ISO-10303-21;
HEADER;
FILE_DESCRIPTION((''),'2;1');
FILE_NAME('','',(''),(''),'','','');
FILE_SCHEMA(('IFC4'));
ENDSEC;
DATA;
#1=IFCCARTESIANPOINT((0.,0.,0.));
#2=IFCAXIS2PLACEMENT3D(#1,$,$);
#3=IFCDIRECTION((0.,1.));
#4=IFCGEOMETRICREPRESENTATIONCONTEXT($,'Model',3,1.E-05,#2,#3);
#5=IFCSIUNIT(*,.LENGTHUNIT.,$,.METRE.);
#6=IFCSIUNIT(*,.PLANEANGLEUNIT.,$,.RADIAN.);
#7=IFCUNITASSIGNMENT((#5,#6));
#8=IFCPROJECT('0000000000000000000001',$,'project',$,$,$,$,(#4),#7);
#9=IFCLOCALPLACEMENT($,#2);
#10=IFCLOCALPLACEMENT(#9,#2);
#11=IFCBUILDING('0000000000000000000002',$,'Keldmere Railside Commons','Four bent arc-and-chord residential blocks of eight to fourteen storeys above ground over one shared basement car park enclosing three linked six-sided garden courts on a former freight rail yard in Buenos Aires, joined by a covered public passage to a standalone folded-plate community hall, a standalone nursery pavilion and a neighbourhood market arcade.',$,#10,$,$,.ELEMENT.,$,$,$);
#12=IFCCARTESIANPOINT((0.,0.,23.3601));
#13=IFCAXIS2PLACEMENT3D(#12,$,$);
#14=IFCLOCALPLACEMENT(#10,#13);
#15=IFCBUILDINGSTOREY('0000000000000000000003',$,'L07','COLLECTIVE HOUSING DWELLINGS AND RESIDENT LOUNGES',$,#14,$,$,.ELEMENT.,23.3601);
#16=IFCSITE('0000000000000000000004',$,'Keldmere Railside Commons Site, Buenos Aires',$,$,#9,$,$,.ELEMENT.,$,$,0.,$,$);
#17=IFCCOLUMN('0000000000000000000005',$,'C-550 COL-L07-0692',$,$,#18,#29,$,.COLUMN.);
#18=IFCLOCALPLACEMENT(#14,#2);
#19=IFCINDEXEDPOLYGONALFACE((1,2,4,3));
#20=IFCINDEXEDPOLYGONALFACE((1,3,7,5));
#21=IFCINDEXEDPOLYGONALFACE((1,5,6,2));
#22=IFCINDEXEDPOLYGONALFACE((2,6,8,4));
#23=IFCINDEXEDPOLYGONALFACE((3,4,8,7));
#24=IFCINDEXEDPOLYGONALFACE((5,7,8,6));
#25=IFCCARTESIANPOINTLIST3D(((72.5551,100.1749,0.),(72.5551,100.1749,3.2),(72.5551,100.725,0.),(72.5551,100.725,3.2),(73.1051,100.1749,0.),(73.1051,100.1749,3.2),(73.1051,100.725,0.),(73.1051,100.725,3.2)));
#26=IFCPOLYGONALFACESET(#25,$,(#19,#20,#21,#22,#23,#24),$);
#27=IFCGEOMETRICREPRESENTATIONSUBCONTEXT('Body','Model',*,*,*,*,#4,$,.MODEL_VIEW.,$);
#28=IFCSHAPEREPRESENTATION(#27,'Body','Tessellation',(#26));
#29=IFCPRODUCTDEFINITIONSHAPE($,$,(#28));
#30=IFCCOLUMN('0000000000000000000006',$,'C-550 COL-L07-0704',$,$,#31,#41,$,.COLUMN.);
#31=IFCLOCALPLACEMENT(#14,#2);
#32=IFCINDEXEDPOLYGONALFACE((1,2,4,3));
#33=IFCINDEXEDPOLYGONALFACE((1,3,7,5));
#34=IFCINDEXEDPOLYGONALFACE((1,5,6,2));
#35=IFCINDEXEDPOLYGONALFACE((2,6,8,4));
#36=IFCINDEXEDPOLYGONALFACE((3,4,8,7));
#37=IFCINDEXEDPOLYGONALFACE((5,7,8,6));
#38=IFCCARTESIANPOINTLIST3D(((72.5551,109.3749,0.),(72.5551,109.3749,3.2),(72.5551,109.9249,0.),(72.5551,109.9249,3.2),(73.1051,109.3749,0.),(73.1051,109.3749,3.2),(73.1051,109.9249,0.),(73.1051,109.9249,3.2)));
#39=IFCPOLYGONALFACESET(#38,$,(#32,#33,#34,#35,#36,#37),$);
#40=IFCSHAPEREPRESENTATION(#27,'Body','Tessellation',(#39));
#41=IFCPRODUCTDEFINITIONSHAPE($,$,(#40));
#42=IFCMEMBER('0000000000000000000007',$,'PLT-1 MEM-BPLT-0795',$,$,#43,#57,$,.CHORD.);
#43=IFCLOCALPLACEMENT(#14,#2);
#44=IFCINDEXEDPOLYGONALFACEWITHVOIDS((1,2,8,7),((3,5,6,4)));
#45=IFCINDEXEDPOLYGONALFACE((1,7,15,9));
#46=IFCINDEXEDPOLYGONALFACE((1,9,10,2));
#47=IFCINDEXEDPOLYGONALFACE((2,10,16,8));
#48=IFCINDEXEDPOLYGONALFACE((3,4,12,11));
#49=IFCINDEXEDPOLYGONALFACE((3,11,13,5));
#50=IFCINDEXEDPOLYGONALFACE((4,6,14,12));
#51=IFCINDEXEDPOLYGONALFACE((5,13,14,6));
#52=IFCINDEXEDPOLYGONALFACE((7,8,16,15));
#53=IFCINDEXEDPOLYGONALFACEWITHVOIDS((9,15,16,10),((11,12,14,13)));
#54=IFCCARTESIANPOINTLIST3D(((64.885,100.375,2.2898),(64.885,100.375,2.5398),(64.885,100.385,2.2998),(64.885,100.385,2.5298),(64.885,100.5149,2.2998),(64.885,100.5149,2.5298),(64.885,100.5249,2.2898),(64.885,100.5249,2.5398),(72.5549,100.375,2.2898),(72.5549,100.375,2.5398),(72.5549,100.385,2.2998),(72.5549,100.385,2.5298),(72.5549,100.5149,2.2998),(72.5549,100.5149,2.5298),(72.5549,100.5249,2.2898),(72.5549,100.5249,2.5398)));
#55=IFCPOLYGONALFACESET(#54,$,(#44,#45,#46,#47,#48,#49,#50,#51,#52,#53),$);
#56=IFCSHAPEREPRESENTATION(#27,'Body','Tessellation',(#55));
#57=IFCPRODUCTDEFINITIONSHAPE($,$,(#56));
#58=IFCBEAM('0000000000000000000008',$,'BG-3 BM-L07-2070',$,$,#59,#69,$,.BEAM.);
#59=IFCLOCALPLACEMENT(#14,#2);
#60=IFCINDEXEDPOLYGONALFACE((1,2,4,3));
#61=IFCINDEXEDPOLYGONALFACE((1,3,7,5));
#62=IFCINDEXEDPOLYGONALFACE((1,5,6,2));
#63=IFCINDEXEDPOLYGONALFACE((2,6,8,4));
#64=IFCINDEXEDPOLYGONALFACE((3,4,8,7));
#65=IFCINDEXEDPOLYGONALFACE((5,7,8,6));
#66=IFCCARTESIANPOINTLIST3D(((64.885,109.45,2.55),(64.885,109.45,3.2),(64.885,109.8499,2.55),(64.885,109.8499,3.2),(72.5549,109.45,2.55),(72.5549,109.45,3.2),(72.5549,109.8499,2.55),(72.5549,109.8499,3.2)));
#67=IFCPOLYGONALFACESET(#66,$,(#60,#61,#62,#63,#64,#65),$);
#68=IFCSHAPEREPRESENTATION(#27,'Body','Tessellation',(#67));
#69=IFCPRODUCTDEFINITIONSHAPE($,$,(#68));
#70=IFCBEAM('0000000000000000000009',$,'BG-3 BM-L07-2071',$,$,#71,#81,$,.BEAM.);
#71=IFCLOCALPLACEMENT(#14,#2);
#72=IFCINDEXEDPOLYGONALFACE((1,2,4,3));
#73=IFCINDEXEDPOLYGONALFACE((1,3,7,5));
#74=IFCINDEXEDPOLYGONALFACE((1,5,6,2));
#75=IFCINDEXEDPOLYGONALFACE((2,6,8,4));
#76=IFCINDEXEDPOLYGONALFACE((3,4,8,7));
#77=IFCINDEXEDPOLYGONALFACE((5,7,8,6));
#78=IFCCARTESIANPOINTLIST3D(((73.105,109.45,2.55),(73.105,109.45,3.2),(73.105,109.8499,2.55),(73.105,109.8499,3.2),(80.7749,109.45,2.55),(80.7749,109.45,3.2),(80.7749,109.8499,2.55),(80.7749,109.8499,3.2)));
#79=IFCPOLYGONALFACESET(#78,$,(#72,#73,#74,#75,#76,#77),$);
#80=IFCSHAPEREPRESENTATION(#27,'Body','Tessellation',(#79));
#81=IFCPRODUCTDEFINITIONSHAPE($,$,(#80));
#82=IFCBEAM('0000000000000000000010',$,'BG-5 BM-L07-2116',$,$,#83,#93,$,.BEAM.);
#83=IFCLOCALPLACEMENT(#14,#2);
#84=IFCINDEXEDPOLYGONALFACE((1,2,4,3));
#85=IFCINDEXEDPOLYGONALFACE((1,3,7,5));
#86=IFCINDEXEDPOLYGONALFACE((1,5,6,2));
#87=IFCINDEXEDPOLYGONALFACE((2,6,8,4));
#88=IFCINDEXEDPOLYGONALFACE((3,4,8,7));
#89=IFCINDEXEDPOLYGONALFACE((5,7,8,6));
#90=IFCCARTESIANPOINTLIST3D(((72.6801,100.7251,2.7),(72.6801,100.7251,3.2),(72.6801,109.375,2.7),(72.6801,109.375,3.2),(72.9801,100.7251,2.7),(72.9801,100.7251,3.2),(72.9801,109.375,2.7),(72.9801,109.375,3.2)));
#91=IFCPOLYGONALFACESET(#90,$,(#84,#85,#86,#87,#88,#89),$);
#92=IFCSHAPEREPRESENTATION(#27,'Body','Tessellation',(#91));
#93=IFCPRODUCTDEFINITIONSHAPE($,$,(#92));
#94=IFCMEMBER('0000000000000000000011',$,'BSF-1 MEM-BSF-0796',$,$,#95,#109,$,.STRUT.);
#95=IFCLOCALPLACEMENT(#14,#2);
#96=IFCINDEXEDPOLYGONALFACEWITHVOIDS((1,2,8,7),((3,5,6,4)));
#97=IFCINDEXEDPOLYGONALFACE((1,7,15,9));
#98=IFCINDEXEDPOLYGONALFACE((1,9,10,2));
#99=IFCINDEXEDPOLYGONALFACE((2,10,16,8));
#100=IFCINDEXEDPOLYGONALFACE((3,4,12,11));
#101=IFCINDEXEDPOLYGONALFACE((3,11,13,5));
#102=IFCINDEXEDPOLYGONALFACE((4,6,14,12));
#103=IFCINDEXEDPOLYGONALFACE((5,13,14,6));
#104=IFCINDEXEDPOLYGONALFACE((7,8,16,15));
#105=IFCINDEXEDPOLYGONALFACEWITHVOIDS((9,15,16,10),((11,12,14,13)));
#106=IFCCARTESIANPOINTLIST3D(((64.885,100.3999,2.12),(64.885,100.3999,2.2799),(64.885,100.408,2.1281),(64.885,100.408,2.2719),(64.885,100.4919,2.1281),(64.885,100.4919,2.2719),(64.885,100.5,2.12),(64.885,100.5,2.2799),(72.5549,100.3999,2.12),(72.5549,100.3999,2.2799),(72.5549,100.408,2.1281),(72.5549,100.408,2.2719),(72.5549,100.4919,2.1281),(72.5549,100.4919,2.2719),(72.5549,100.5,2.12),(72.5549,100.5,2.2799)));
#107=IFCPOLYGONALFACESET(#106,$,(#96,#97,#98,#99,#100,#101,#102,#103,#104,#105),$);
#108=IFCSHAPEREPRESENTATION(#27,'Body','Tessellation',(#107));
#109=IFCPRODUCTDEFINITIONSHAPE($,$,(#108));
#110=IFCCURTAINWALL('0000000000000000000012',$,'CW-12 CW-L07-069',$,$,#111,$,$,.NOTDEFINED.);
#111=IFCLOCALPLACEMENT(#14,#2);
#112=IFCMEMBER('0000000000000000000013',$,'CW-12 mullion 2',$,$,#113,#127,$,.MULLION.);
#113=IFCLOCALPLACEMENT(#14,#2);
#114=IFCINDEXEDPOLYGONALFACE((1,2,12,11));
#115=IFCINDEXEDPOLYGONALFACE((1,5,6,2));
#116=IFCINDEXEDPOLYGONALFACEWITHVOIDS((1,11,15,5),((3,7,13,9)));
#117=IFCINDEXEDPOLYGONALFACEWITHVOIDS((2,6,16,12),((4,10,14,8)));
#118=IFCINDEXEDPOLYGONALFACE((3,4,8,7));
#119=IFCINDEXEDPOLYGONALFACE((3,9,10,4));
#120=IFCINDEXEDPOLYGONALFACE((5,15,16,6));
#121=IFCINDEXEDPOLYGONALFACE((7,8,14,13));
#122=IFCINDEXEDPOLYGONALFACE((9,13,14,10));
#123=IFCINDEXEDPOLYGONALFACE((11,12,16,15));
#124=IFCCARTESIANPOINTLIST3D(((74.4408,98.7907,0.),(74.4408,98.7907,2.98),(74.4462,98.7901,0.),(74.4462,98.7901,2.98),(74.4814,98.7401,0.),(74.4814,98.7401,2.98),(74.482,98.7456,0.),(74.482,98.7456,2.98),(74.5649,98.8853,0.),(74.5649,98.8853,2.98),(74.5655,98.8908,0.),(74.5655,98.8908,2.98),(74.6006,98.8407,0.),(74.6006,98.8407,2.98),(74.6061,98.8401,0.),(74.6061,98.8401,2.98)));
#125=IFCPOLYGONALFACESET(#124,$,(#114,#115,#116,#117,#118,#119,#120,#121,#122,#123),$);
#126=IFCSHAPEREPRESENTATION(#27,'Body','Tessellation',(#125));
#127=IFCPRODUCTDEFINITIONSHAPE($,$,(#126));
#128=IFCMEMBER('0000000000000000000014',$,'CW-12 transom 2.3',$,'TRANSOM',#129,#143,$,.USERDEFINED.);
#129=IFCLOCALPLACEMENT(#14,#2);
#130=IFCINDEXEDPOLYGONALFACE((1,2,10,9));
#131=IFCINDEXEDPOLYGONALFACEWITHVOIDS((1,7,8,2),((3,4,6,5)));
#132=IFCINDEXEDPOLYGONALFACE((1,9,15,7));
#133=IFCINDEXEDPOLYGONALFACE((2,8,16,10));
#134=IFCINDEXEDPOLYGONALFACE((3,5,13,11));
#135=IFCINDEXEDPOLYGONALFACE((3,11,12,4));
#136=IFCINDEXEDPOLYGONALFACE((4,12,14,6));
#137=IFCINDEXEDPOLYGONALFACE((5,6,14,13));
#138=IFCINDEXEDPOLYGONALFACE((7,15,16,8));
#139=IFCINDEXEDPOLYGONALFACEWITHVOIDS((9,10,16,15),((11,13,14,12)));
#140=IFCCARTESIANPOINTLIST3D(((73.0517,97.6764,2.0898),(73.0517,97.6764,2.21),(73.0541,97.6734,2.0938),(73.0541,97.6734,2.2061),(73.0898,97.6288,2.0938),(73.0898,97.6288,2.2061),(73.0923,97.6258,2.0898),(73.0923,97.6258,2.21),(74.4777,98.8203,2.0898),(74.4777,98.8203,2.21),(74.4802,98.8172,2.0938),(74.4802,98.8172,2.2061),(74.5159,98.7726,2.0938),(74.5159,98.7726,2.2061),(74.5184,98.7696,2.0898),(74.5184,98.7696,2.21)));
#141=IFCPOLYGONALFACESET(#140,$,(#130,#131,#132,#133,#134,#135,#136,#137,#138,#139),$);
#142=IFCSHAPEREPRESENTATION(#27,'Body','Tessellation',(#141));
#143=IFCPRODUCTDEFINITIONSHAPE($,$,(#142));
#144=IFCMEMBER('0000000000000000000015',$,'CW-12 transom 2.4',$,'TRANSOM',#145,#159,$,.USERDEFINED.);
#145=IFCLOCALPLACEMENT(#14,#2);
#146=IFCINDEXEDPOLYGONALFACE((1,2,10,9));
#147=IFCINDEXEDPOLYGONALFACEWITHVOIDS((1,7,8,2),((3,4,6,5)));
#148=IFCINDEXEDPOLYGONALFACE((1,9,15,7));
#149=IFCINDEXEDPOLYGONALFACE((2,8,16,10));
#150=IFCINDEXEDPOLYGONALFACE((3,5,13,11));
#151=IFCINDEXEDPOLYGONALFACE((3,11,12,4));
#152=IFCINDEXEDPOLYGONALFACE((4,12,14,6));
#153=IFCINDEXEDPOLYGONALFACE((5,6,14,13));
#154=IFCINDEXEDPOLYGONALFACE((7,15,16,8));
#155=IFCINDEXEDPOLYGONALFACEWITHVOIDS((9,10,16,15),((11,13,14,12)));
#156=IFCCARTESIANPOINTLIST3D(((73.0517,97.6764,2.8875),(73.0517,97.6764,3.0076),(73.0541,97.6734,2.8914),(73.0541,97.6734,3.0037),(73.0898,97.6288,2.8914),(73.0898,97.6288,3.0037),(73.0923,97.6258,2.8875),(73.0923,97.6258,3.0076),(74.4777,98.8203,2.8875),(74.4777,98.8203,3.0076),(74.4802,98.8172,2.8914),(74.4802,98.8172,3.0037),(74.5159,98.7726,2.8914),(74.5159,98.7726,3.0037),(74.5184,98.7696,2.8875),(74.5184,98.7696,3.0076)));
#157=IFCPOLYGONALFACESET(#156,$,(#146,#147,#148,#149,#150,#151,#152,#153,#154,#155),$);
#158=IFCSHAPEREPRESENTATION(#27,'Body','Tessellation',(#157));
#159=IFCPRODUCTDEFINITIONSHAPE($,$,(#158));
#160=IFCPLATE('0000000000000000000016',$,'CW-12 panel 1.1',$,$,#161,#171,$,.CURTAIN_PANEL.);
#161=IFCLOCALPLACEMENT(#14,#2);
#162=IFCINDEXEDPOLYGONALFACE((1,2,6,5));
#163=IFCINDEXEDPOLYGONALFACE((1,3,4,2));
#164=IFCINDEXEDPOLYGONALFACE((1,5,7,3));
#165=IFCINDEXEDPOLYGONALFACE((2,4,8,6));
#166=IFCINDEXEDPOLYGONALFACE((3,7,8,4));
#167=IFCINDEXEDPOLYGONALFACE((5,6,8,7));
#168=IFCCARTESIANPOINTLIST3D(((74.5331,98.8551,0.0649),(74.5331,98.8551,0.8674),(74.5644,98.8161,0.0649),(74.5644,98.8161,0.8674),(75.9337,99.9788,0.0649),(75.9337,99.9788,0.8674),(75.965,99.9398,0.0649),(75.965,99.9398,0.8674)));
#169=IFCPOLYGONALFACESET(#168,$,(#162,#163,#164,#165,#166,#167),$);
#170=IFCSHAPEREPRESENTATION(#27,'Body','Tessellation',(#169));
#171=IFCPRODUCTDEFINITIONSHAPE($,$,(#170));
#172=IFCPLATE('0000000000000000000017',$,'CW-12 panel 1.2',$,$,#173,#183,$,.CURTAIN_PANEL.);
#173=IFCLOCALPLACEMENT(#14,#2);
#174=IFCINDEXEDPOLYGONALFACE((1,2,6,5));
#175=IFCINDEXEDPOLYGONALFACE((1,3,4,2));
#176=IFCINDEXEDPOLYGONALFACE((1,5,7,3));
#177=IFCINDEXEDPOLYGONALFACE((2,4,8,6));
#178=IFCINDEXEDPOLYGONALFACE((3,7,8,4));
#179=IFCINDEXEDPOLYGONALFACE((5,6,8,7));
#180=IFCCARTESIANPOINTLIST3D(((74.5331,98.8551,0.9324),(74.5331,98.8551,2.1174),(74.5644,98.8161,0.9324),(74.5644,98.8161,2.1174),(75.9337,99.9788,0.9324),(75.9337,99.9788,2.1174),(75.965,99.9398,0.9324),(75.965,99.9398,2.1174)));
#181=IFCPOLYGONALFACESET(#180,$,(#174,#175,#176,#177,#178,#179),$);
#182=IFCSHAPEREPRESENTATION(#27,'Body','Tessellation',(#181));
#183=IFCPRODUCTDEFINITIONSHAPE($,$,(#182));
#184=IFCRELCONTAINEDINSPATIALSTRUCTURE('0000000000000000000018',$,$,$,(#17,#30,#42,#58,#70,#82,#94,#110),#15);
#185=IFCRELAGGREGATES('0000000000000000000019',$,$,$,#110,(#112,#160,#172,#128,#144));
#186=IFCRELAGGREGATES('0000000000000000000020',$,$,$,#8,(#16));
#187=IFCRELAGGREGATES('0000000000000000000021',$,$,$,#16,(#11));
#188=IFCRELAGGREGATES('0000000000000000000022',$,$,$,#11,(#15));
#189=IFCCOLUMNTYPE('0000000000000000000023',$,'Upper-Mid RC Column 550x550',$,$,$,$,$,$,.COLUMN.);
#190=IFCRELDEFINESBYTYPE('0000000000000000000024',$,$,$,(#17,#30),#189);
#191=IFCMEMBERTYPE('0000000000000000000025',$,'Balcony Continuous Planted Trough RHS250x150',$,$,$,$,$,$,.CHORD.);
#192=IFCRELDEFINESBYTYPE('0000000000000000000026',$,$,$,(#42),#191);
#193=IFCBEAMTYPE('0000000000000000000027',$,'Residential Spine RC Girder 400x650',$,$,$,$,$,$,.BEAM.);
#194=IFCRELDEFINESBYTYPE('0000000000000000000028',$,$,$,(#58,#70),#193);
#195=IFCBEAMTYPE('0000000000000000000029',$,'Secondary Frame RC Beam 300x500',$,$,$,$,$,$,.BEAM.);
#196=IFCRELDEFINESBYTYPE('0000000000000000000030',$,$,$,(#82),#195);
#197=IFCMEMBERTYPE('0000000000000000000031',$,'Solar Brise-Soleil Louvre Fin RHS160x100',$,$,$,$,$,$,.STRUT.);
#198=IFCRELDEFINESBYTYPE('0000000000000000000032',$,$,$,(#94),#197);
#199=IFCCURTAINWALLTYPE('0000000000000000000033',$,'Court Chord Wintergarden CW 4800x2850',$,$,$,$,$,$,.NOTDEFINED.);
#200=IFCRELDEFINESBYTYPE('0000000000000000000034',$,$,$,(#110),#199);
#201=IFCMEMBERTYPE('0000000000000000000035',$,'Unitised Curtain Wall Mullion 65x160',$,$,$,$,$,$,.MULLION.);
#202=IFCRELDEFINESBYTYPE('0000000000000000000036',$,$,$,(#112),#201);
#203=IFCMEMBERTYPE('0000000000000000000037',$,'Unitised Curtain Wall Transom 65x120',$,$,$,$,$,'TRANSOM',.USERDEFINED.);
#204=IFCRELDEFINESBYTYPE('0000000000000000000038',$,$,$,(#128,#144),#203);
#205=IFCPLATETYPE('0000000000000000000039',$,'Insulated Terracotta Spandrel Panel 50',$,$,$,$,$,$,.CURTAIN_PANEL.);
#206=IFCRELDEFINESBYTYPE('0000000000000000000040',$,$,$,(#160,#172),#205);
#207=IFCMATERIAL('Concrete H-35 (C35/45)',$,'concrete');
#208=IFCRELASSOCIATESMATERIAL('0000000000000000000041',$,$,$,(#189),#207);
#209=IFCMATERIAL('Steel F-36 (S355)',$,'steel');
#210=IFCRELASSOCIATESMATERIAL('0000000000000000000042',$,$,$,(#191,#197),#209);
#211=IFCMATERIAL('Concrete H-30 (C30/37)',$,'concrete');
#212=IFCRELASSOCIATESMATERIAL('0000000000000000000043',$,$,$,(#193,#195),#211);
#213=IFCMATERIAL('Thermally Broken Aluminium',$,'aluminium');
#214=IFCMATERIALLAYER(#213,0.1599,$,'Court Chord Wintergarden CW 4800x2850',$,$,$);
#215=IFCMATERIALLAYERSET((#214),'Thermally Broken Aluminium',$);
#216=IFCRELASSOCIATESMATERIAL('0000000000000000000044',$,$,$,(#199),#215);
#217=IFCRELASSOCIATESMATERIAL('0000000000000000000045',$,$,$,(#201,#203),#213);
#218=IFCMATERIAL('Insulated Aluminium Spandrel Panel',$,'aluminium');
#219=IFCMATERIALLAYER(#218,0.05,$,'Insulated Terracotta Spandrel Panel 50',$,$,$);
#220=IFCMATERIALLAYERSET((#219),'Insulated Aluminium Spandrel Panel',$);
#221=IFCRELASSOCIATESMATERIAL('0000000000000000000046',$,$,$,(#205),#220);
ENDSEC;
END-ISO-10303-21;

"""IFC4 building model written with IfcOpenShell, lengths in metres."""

from ifc_helpers import new_model, si_unit, direction, frame, origin, origin_2d, place, context, subcontext, project, spatial, rectangle, hollow_rectangle, extrude, material, layer, layer_set, material_profile, profile_set, type_object, element, aggregate, save


model = new_model("IFC4")

# Units and contexts
model_context = context("Model", 3, precision=1e-05, world=origin(), true_north=direction((0.0, 1.0)))
body_context = subcontext(model_context, "Body", "Model", "MODEL_VIEW")
ifc_project = project(units=[si_unit("LENGTHUNIT", "METRE"), si_unit("PLANEANGLEUNIT", "RADIAN")], contexts=[model_context])

# Site, building, storey
site_placement = place(None, origin())
site = spatial("IfcSite", under=ifc_project, at=site_placement, Name="Keldmere Railside Commons Site, Buenos Aires", CompositionType="ELEMENT", RefElevation=0.0)
building_placement = place(site_placement, origin())
building = spatial("IfcBuilding", under=site, at=building_placement, Name="Keldmere Railside Commons", Description="Four bent arc-and-chord residential blocks of eight to fourteen storeys above ground over one shared basement car park enclosing three linked six-sided garden courts on a former freight rail yard in Buenos Aires, joined by a covered public passage to a standalone folded-plate community hall, a standalone nursery pavilion and a neighbourhood market arcade.", CompositionType="ELEMENT")
storey_placement = place(building_placement, frame((0.0, 0.0, 23.3601)))
storey = spatial("IfcBuildingStorey", under=building, at=storey_placement, Name="L07", Description="COLLECTIVE HOUSING DWELLINGS AND RESIDENT LOUNGES", CompositionType="ELEMENT", Elevation=23.3601)

# Columns
ifc_material_1 = material(Name="Concrete H-35 (C35/45)", Category="concrete")
ifc_material_profile_1 = material_profile(ifc_material_1, rectangle(XDim=0.55, YDim=0.55, at=origin_2d()), Name="RC-550x550")
ifc_profile_set_1 = profile_set([ifc_material_profile_1], Name="Concrete H-35 (C35/45)")
column_type = type_object("IfcColumnType", Name="Upper-Mid RC Column 550x550", PredefinedType="COLUMN", material=ifc_profile_set_1)
for number, where, z_axis, x_axis, name in (
    (1, (72.8301, 100.45, 0.0), (0.0, 0.0, 1.0), (1.0, 0.0, 0.0), "C-550 COL-L07-0692"),
    (2, (72.8301, 109.6499, 0.0), (0.0, 0.0, 1.0), (1.0, 0.0, 0.0), "C-550 COL-L07-0704"),
):
    element("IfcColumn", number, at=place(storey_placement, frame(where, z_axis=z_axis, x_axis=x_axis)), inside=storey, type_object=column_type, Name=name, PredefinedType="COLUMN", context=body_context, shape_type="SweptSolid", body=[
        extrude(rectangle(XDim=0.55, YDim=0.55, at=origin_2d()), origin(), (0.0, 0.0, 1.0), 3.2),
    ])

# Member
ifc_material_2 = material(Name="Steel F-36 (S355)", Category="steel")
ifc_material_profile_2 = material_profile(ifc_material_2, hollow_rectangle(XDim=0.1499, YDim=0.25, WallThickness=0.01, at=origin_2d()), Name="RHS-250x150x10")
ifc_profile_set_2 = profile_set([ifc_material_profile_2], Name="Steel F-36 (S355)")
member_type_1 = type_object("IfcMemberType", Name="Balcony Continuous Planted Trough RHS250x150", PredefinedType="CHORD", material=ifc_profile_set_2)
member_1_placement = place(storey_placement, frame((64.885, 100.45, 2.4148), z_axis=(1.0, 0.0, 0.0), x_axis=(0.0, 1.0, 0.0)))
element("IfcMember", 3, at=member_1_placement, inside=storey, type_object=member_type_1, Name="PLT-1 MEM-BPLT-0795", PredefinedType="CHORD", context=body_context, shape_type="SweptSolid", body=[
    extrude(hollow_rectangle(XDim=0.1499, YDim=0.25, WallThickness=0.01, at=origin_2d()), origin(), (0.0, 0.0, 1.0), 7.6699),
])

# Beams
ifc_material_3 = material(Name="Concrete H-30 (C30/37)", Category="concrete")
ifc_material_profile_3 = material_profile(ifc_material_3, rectangle(XDim=0.3999, YDim=0.6499, at=origin_2d()), Name="RC-400x650")
ifc_profile_set_3 = profile_set([ifc_material_profile_3], Name="Concrete H-30 (C30/37)")
beam_type_1 = type_object("IfcBeamType", Name="Residential Spine RC Girder 400x650", PredefinedType="BEAM", material=ifc_profile_set_3)
for number, where, z_axis, x_axis, name in (
    (4, (64.885, 109.6499, 2.875), (1.0, 0.0, 0.0), (0.0, 1.0, 0.0), "BG-3 BM-L07-2070"),
    (5, (73.105, 109.6499, 2.875), (1.0, 0.0, 0.0), (0.0, 1.0, 0.0), "BG-3 BM-L07-2071"),
):
    element("IfcBeam", number, at=place(storey_placement, frame(where, z_axis=z_axis, x_axis=x_axis)), inside=storey, type_object=beam_type_1, Name=name, PredefinedType="BEAM", context=body_context, shape_type="SweptSolid", body=[
        extrude(rectangle(XDim=0.3999, YDim=0.6499, at=origin_2d()), origin(), (0.0, 0.0, 1.0), 7.6699),
    ])
ifc_material_profile_4 = material_profile(ifc_material_3, rectangle(XDim=0.3, YDim=0.5, at=origin_2d()), Name="RC-300x500")
ifc_profile_set_4 = profile_set([ifc_material_profile_4], Name="Concrete H-30 (C30/37)")
beam_type_2 = type_object("IfcBeamType", Name="Secondary Frame RC Beam 300x500", PredefinedType="BEAM", material=ifc_profile_set_4)
beam_placement = place(storey_placement, frame((72.8301, 100.7251, 2.95), z_axis=(0.0, 1.0, 0.0), x_axis=(-1.0, 0.0, 0.0)))
element("IfcBeam", 6, at=beam_placement, inside=storey, type_object=beam_type_2, Name="BG-5 BM-L07-2116", PredefinedType="BEAM", context=body_context, shape_type="SweptSolid", body=[
    extrude(rectangle(XDim=0.3, YDim=0.5, at=origin_2d()), origin(), (0.0, 0.0, 1.0), 8.6499),
])

# Member
ifc_material_profile_5 = material_profile(ifc_material_2, hollow_rectangle(XDim=0.1001, YDim=0.1599, WallThickness=0.0081, at=origin_2d()), Name="RHS-160x100x8")
ifc_profile_set_5 = profile_set([ifc_material_profile_5], Name="Steel F-36 (S355)")
member_type_2 = type_object("IfcMemberType", Name="Solar Brise-Soleil Louvre Fin RHS160x100", PredefinedType="STRUT", material=ifc_profile_set_5)
member_2_placement = place(storey_placement, frame((64.885, 100.45, 2.2), z_axis=(1.0, 0.0, 0.0), x_axis=(0.0, 1.0, 0.0)))
element("IfcMember", 7, at=member_2_placement, inside=storey, type_object=member_type_2, Name="BSF-1 MEM-BSF-0796", PredefinedType="STRUT", context=body_context, shape_type="SweptSolid", body=[
    extrude(hollow_rectangle(XDim=0.1001, YDim=0.1599, WallThickness=0.0081, at=origin_2d()), origin(), (0.0, 0.0, 1.0), 7.6699),
])

# Curtain wall, members, plates
ifc_material_4 = material(Name="Thermally Broken Aluminium", Category="aluminium")
ifc_layer_1 = layer(ifc_material_4, 0.1599, Name="Court Chord Wintergarden CW 4800x2850")
ifc_layer_set_1 = layer_set([ifc_layer_1], Name="Thermally Broken Aluminium")
curtain_wall_type = type_object("IfcCurtainWallType", Name="Court Chord Wintergarden CW 4800x2850", PredefinedType="NOTDEFINED", material=ifc_layer_set_1)
curtain_wall_placement = place(storey_placement, origin())
curtain_wall = element("IfcCurtainWall", 8, at=curtain_wall_placement, inside=storey, type_object=curtain_wall_type, Name="CW-12 CW-L07-069", PredefinedType="NOTDEFINED")
ifc_material_profile_6 = material_profile(ifc_material_4, hollow_rectangle(XDim=0.0649, YDim=0.1599, WallThickness=0.0039, at=origin_2d()), Name="ALU-MULL-65x160")
ifc_profile_set_6 = profile_set([ifc_material_profile_6], Name="Thermally Broken Aluminium")
member_type_3 = type_object("IfcMemberType", Name="Unitised Curtain Wall Mullion 65x160", PredefinedType="MULLION", material=ifc_profile_set_6)
member_3_placement = place(storey_placement, frame((74.5234, 98.8154, 0.0), z_axis=(0.0, 0.0, 1.0), x_axis=(0.625768, -0.780009, 0.0)))
member_3 = element("IfcMember", 9, at=member_3_placement, type_object=member_type_3, Name="CW-12 mullion 2", PredefinedType="MULLION", context=body_context, shape_type="SweptSolid", body=[
    extrude(hollow_rectangle(XDim=0.0649, YDim=0.1599, WallThickness=0.0039, at=origin_2d()), origin(), (0.0, 0.0, 1.0), 2.98),
])
ifc_material_profile_7 = material_profile(ifc_material_4, hollow_rectangle(XDim=0.0649, YDim=0.1201, WallThickness=0.0039, at=origin_2d()), Name="ALU-TRAN-65x120")
ifc_profile_set_7 = profile_set([ifc_material_profile_7], Name="Thermally Broken Aluminium")
member_type_4 = type_object("IfcMemberType", Name="Unitised Curtain Wall Transom 65x120", ElementType="TRANSOM", PredefinedType="USERDEFINED", material=ifc_profile_set_7)
member_4_placement = place(storey_placement, frame((74.498, 98.7949, 2.1499), z_axis=(-0.780073, -0.625688, 0.0), x_axis=(0.625688, -0.780073, 0.0)))
member_4 = element("IfcMember", 10, at=member_4_placement, type_object=member_type_4, Name="CW-12 transom 2.3", ObjectType="TRANSOM", PredefinedType="USERDEFINED", context=body_context, shape_type="SweptSolid", body=[
    extrude(hollow_rectangle(XDim=0.0649, YDim=0.1201, WallThickness=0.0039, at=origin_2d()), origin(), (0.0, 0.0, 1.0), 1.8281),
])
member_5_placement = place(storey_placement, frame((74.498, 98.7949, 2.9475), z_axis=(-0.780073, -0.625688, 0.0), x_axis=(0.625688, -0.780073, 0.0)))
member_5 = element("IfcMember", 11, at=member_5_placement, type_object=member_type_4, Name="CW-12 transom 2.4", ObjectType="TRANSOM", PredefinedType="USERDEFINED", context=body_context, shape_type="SweptSolid", body=[
    extrude(hollow_rectangle(XDim=0.0649, YDim=0.1201, WallThickness=0.0039, at=origin_2d()), origin(), (0.0, 0.0, 1.0), 1.8281),
])
ifc_material_5 = material(Name="Insulated Aluminium Spandrel Panel", Category="aluminium")
ifc_layer_2 = layer(ifc_material_5, 0.05, Name="Insulated Terracotta Spandrel Panel 50")
ifc_layer_set_2 = layer_set([ifc_layer_2], Name="Insulated Aluminium Spandrel Panel")
plate_type = type_object("IfcPlateType", Name="Insulated Terracotta Spandrel Panel 50", PredefinedType="CURTAIN_PANEL", material=ifc_layer_set_2)
plate_1_placement = place(storey_placement, frame((75.249, 99.3975, 0.0649), z_axis=(0.0, 0.0, 1.0), x_axis=(-0.780009, -0.625768, 0.0)))
plate_1 = element("IfcPlate", 12, at=plate_1_placement, type_object=plate_type, Name="CW-12 panel 1.1", PredefinedType="CURTAIN_PANEL", context=body_context, shape_type="SweptSolid", body=[
    extrude(rectangle(XDim=1.7957, YDim=0.05, at=origin_2d()), origin(), (0.0, 0.0, 1.0), 0.8025),
])
plate_2_placement = place(storey_placement, frame((75.249, 99.3975, 0.9324), z_axis=(0.0, 0.0, 1.0), x_axis=(-0.780009, -0.625768, 0.0)))
plate_2 = element("IfcPlate", 13, at=plate_2_placement, type_object=plate_type, Name="CW-12 panel 1.2", PredefinedType="CURTAIN_PANEL", context=body_context, shape_type="SweptSolid", body=[
    extrude(rectangle(XDim=1.7957, YDim=0.05, at=origin_2d()), origin(), (0.0, 0.0, 1.0), 1.1851),
])
aggregate(curtain_wall, [member_3, plate_1, plate_2, member_4, member_5])

save(model, "model.ifc")
